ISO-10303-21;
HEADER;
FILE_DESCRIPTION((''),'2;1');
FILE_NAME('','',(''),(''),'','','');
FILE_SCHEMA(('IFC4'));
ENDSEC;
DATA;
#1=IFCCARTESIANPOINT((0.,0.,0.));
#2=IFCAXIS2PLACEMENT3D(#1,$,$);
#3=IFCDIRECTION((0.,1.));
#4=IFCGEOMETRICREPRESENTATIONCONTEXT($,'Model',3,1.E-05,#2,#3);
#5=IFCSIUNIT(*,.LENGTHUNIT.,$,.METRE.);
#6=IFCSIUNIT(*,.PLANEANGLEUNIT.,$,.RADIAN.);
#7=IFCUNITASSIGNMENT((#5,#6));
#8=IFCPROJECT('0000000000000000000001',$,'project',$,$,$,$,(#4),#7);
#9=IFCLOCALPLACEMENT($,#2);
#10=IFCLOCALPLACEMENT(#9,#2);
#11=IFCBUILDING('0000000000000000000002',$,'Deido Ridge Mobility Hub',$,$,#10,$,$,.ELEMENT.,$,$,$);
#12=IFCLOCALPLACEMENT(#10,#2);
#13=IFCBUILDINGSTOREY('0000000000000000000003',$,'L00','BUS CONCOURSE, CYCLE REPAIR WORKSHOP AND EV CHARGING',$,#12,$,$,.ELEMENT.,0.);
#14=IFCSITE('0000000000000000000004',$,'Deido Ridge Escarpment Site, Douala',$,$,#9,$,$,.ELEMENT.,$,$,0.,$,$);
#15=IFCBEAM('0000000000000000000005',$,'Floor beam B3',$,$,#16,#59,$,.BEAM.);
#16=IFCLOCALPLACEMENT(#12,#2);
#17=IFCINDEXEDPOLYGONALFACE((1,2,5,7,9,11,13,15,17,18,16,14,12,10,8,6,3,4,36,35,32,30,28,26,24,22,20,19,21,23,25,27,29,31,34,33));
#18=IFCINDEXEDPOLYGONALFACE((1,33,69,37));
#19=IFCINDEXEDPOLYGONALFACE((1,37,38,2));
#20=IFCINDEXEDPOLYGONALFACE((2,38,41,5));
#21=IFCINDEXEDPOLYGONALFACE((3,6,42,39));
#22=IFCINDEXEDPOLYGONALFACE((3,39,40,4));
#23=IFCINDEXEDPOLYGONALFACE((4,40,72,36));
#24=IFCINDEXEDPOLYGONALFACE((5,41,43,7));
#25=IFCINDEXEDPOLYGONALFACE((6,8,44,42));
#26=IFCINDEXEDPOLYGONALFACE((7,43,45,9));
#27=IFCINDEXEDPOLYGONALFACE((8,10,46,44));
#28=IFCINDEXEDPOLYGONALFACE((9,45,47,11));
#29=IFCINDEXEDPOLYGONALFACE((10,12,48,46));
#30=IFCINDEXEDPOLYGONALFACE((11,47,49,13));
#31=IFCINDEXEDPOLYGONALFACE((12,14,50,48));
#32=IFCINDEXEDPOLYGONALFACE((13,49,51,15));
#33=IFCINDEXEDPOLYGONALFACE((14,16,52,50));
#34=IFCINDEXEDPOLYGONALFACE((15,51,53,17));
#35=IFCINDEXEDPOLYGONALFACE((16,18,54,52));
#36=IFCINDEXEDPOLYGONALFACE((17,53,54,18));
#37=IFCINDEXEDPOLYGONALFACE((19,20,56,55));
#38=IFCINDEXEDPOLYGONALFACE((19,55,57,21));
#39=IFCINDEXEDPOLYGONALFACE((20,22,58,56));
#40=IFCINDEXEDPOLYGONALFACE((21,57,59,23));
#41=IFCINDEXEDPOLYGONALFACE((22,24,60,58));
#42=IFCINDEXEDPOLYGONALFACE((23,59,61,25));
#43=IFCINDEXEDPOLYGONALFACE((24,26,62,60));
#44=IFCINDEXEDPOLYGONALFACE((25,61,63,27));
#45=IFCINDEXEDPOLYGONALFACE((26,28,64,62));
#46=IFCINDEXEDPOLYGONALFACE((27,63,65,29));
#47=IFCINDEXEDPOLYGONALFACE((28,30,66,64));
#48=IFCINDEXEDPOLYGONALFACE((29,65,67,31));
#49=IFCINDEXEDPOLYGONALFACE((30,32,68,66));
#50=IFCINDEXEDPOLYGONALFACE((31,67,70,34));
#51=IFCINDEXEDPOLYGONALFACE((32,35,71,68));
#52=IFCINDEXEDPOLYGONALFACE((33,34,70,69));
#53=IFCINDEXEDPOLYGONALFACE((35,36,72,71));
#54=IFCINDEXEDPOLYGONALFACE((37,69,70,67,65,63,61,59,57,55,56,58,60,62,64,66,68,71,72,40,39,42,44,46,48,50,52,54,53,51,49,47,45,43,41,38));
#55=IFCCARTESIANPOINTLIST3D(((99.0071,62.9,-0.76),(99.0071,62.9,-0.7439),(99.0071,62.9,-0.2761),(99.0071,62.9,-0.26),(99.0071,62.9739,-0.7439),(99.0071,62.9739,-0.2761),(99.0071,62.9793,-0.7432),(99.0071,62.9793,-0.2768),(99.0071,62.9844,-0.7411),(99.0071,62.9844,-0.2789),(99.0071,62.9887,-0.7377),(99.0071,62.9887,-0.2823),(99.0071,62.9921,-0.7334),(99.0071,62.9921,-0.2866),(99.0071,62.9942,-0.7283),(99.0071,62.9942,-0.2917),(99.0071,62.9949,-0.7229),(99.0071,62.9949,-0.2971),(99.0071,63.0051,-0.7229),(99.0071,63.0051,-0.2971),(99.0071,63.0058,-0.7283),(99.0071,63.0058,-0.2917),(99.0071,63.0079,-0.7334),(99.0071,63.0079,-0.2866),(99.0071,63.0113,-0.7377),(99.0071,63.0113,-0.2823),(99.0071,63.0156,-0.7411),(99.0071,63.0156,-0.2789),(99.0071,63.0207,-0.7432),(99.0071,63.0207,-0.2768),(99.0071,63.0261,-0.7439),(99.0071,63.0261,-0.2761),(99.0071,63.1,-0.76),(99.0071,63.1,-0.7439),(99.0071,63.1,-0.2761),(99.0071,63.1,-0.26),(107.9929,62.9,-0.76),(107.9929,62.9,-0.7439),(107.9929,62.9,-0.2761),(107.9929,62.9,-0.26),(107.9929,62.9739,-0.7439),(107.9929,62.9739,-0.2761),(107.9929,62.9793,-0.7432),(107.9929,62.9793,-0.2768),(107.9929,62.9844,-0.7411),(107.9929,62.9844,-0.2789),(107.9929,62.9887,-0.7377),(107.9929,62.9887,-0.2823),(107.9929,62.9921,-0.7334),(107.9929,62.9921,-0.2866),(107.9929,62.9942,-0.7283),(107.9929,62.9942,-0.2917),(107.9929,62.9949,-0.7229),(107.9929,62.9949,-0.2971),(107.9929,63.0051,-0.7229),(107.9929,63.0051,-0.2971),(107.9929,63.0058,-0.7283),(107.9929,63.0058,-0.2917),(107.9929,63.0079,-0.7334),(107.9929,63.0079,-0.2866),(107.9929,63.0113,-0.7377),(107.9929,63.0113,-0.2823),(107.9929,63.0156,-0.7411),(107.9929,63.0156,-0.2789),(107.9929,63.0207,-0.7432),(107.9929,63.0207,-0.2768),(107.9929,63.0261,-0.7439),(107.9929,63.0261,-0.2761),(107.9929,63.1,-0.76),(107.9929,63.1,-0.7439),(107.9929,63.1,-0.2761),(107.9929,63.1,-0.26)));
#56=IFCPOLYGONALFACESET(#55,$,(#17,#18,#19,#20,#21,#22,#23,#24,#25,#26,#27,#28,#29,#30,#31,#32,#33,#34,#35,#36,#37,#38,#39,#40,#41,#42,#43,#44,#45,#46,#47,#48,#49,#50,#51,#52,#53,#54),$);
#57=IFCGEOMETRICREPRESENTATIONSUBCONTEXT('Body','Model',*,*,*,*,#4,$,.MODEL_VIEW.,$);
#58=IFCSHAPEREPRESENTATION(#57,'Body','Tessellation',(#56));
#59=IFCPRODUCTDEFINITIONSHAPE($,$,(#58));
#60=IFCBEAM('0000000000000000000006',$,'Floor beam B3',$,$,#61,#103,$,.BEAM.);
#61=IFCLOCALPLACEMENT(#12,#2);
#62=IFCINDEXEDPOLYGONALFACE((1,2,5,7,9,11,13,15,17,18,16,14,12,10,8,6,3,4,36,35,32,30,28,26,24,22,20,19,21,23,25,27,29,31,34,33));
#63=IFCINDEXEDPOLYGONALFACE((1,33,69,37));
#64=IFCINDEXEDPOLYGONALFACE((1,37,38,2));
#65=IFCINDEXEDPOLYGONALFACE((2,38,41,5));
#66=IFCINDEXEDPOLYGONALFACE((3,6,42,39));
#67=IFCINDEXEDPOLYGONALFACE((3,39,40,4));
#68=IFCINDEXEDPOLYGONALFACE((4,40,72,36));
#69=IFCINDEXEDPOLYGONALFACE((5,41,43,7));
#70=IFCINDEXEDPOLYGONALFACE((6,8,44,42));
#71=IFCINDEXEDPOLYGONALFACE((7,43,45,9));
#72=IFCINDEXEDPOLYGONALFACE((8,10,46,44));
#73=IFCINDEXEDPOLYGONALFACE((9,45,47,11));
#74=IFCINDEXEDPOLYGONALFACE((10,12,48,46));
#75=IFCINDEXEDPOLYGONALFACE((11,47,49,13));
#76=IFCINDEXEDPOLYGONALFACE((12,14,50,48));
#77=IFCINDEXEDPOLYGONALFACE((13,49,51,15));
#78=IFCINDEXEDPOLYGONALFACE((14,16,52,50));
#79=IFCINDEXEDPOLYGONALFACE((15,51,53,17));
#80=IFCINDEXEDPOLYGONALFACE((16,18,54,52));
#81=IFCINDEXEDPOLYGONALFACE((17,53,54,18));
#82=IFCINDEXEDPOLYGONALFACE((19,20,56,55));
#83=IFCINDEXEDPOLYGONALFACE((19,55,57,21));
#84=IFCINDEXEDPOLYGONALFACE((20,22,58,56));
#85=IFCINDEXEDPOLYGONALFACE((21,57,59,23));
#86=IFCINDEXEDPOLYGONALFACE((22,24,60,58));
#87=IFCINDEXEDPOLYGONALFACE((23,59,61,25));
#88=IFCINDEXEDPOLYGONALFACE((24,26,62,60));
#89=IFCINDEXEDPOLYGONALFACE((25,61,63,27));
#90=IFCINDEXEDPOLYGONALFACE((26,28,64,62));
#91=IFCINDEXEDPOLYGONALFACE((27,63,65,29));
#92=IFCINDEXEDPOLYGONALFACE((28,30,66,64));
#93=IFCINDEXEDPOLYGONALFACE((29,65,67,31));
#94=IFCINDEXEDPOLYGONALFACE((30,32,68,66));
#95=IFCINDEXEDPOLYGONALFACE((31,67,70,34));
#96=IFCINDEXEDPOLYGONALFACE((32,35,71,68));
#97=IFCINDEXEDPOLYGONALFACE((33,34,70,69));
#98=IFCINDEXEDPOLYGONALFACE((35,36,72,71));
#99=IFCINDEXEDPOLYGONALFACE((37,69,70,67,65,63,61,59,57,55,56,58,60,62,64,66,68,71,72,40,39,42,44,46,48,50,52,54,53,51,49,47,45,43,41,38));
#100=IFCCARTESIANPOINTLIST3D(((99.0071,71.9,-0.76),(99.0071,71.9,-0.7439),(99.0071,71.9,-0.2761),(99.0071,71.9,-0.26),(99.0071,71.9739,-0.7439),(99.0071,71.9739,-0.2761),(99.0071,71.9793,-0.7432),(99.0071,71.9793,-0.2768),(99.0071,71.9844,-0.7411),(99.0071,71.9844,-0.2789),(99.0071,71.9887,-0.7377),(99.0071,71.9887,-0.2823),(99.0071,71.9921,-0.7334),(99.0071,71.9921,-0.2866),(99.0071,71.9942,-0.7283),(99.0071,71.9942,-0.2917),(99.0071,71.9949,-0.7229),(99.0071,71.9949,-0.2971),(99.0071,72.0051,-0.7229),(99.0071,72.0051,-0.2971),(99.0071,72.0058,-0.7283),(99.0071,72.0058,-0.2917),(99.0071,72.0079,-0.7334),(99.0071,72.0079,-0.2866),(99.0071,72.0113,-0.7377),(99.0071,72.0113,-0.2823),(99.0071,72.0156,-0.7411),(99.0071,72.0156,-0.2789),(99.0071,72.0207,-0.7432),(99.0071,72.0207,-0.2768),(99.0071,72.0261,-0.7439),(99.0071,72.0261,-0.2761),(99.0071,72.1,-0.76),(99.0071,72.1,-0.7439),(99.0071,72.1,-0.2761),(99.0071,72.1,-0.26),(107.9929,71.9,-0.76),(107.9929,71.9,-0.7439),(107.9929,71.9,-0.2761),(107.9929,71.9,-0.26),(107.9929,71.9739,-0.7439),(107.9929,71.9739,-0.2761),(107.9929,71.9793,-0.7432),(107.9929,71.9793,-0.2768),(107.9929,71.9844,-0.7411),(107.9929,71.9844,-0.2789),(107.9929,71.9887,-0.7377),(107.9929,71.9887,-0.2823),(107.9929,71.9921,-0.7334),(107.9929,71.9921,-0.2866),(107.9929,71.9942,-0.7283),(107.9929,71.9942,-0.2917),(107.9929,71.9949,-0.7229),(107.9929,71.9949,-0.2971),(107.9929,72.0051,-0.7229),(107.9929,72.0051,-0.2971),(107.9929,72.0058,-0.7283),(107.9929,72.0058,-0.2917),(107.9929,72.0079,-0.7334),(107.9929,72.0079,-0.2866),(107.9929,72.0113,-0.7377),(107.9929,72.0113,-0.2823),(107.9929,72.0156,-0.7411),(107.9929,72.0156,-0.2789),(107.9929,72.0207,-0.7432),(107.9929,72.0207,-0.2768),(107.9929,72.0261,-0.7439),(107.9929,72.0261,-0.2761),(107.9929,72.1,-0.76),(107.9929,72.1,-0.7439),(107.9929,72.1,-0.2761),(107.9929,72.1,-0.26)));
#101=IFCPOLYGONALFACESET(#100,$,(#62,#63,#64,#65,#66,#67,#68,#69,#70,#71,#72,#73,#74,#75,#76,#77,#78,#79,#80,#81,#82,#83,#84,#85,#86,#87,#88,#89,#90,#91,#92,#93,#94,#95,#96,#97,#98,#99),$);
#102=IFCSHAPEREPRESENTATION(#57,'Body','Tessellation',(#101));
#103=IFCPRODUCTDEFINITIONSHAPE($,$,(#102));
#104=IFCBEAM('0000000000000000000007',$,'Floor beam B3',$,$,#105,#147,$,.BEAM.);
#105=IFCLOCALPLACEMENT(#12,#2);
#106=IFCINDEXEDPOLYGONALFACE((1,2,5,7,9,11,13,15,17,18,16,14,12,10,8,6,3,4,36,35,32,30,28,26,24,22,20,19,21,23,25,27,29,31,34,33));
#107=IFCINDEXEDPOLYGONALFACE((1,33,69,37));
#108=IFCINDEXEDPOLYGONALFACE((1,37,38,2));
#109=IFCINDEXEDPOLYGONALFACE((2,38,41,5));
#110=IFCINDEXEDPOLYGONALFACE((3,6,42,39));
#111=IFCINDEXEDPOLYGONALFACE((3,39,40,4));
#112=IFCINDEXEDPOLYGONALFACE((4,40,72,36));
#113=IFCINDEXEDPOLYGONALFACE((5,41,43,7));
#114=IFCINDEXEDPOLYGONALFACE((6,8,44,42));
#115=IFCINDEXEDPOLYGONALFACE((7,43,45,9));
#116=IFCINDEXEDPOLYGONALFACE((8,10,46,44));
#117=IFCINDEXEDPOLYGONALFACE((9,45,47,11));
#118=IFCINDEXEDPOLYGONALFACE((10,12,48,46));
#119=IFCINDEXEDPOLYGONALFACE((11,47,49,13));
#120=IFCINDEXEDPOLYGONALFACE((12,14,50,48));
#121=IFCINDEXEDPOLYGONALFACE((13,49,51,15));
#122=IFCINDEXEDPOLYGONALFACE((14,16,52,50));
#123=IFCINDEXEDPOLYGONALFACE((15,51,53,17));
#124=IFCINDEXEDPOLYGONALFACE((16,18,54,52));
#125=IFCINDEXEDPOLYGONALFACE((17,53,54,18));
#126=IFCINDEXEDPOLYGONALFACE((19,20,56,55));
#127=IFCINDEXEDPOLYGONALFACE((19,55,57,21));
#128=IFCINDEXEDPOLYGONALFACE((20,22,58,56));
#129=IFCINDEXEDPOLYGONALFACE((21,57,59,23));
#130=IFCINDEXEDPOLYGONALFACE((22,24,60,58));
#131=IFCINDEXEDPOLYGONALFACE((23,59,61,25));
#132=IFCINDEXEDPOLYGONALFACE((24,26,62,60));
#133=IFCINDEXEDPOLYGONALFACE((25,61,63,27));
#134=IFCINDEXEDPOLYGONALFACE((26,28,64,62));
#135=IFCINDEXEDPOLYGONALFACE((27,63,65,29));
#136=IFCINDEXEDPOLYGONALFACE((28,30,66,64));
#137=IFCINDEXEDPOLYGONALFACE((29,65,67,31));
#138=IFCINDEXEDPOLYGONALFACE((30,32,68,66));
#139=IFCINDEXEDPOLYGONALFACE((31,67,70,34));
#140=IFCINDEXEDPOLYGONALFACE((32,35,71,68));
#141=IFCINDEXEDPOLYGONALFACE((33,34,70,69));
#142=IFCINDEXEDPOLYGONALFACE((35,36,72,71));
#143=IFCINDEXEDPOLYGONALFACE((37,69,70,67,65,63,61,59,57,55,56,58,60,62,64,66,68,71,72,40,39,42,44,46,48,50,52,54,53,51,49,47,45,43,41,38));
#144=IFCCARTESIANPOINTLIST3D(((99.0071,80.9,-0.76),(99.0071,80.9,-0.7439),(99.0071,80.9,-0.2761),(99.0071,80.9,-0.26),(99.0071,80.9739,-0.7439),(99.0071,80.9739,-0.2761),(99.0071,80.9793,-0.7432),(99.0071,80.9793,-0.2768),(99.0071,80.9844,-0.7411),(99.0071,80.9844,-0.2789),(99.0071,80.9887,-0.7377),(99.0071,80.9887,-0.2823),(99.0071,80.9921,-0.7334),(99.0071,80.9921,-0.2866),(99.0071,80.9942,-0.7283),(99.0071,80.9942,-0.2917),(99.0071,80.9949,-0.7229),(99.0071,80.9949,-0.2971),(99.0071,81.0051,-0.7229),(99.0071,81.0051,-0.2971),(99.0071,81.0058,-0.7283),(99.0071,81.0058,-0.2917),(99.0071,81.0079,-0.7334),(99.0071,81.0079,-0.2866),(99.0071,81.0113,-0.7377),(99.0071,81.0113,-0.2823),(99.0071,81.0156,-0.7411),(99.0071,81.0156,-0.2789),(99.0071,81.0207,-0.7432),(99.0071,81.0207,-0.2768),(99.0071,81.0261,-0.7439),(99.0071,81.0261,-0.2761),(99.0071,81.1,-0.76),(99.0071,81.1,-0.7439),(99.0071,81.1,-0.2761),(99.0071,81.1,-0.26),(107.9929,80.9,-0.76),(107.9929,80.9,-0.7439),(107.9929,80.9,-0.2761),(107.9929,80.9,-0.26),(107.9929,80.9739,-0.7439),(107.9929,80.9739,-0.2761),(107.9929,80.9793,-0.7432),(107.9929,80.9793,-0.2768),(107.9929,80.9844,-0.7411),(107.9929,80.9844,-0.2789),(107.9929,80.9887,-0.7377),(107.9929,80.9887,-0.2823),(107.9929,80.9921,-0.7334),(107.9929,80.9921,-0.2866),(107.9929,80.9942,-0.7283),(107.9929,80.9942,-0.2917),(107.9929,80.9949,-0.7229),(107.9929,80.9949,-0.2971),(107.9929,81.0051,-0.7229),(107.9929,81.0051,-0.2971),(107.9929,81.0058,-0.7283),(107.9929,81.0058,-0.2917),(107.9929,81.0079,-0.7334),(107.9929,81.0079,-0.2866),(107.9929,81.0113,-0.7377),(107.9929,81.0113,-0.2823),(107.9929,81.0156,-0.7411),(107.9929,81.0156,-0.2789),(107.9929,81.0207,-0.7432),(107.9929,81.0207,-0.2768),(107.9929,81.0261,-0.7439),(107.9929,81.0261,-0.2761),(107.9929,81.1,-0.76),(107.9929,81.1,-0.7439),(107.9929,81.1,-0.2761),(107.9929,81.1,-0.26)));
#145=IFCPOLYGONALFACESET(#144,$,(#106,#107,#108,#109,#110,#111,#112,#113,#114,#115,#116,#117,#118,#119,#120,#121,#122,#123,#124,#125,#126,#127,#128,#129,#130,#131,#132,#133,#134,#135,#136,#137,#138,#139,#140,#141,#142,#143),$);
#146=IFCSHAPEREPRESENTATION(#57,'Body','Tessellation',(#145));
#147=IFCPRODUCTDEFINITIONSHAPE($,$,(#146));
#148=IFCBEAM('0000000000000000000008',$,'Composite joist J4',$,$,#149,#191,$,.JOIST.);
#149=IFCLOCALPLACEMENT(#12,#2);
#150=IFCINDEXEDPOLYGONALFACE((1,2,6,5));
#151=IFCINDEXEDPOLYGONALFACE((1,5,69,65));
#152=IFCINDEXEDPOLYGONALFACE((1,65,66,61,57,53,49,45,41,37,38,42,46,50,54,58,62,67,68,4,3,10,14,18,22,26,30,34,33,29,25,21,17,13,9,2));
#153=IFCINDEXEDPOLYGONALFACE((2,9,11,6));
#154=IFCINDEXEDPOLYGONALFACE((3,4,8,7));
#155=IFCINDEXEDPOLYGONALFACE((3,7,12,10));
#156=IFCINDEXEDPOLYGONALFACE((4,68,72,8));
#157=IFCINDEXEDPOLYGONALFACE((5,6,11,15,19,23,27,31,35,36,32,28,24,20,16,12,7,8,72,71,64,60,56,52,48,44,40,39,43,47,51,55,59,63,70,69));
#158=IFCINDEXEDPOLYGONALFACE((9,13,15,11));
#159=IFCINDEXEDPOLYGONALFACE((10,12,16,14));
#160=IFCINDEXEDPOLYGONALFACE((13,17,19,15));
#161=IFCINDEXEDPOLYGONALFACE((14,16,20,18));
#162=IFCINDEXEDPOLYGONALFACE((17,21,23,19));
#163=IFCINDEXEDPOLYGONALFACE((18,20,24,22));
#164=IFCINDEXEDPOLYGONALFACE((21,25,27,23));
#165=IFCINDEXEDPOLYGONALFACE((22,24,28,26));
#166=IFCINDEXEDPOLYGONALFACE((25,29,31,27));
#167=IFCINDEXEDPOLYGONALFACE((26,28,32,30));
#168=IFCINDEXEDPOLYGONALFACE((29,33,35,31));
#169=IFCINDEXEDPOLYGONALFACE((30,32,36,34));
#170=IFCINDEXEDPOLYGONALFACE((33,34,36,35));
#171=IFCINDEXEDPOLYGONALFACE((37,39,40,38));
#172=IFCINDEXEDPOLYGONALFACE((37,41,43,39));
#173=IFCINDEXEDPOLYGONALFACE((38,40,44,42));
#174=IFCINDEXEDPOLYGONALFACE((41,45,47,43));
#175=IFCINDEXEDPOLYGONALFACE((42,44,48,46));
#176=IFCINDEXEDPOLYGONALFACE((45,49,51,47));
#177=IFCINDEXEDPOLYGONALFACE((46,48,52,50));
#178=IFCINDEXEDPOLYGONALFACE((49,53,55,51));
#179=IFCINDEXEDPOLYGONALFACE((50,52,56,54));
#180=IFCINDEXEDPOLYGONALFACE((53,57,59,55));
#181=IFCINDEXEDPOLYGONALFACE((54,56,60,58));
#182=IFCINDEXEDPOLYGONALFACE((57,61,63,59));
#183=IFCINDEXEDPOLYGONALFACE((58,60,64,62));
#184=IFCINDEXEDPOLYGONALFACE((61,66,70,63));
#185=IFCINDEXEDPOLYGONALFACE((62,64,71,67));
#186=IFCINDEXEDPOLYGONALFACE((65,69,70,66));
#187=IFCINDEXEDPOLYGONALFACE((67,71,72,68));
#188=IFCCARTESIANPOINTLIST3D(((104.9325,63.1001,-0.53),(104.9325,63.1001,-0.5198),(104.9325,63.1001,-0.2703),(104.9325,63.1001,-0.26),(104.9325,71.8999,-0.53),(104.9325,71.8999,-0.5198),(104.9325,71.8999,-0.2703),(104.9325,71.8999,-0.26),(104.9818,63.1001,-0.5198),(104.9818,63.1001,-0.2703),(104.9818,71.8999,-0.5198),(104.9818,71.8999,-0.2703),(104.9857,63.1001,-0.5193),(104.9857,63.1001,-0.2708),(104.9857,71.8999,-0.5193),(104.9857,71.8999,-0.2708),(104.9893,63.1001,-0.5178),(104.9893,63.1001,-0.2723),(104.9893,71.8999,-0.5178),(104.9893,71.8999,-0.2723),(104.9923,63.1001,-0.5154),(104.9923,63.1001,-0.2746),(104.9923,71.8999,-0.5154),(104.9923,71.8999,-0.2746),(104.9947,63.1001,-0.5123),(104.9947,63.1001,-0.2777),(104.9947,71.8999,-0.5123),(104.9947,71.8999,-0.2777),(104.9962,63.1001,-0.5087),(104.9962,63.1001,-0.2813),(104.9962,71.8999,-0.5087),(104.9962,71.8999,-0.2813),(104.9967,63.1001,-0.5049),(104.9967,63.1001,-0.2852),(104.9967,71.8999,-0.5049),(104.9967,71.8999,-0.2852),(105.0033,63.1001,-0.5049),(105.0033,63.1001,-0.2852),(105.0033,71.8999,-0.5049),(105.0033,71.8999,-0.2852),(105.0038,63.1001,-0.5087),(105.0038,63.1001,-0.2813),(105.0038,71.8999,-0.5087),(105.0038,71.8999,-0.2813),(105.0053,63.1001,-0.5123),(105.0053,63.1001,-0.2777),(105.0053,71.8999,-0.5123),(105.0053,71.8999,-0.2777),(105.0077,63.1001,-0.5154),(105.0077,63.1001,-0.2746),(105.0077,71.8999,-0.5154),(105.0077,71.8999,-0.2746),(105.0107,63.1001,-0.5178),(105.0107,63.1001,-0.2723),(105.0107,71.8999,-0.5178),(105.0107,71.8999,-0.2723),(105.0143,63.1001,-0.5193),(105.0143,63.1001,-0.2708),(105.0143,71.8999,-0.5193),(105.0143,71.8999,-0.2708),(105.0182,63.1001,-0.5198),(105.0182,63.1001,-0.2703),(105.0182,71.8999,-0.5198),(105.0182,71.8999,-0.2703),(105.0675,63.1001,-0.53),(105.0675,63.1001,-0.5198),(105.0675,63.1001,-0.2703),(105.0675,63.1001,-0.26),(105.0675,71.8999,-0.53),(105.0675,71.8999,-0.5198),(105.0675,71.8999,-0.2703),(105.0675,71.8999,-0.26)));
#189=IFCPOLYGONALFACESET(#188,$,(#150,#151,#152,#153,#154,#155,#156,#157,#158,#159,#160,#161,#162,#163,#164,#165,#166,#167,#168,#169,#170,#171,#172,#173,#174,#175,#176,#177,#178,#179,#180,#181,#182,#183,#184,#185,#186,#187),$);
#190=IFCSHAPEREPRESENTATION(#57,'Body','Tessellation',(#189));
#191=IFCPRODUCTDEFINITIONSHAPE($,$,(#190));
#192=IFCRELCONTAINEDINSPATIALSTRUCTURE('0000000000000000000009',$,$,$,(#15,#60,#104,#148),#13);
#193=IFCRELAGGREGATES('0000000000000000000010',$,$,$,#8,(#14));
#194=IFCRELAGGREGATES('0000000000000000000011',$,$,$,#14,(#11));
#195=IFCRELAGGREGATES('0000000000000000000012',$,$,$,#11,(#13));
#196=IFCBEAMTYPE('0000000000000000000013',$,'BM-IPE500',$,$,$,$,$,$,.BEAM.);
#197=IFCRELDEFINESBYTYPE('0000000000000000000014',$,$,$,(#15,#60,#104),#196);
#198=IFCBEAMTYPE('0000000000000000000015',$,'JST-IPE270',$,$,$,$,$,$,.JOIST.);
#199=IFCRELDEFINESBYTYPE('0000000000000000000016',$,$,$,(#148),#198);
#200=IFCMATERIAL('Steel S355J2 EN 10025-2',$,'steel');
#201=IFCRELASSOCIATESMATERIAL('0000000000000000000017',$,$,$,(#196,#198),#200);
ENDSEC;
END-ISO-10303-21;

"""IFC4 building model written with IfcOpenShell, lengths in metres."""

from ifc_helpers import new_model, si_unit, direction, frame, origin, origin_2d, place, context, subcontext, project, spatial, i_section, extrude, material, material_profile, profile_set, type_object, element, save


model = new_model("IFC4")

# Units and contexts
model_context = context("Model", 3, precision=1e-05, world=origin(), true_north=direction((0.0, 1.0)))
body_context = subcontext(model_context, "Body", "Model", "MODEL_VIEW")
ifc_project = project(units=[si_unit("LENGTHUNIT", "METRE"), si_unit("PLANEANGLEUNIT", "RADIAN")], contexts=[model_context])

# Site, building, storey
site_placement = place(None, origin())
site = spatial("IfcSite", under=ifc_project, at=site_placement, Name="Deido Ridge Escarpment Site, Douala", CompositionType="ELEMENT", RefElevation=0.0)
building_placement = place(site_placement, origin())
building = spatial("IfcBuilding", under=site, at=building_placement, Name="Deido Ridge Mobility Hub", CompositionType="ELEMENT")
storey_placement = place(building_placement, origin())
storey = spatial("IfcBuildingStorey", under=building, at=storey_placement, Name="L00", Description="BUS CONCOURSE, CYCLE REPAIR WORKSHOP AND EV CHARGING", CompositionType="ELEMENT", Elevation=0.0)

# Shared definitions
ifc_material_1 = material(Name="Steel S355J2 EN 10025-2", Category="steel")

# Beams
ifc_material_profile_1 = material_profile(ifc_material_1, i_section(OverallWidth=0.2, OverallDepth=0.5, WebThickness=0.0103, FlangeThickness=0.0161, FilletRadius=0.021, at=origin_2d()), Name="IPE 500")
ifc_profile_set_1 = profile_set([ifc_material_profile_1], Name="Steel S355J2 EN 10025-2")
beam_type_1 = type_object("IfcBeamType", Name="BM-IPE500", PredefinedType="BEAM", material=ifc_profile_set_1)
for number, where, z_axis, x_axis, name in (
    (1, (99.0071, 63.0, -0.51), (1.0, 0.0, 0.0), (0.0, 1.0, 0.0), "Floor beam B3"),
    (2, (99.0071, 72.0, -0.51), (1.0, 0.0, 0.0), (0.0, 1.0, 0.0), "Floor beam B3"),
    (3, (99.0071, 81.0, -0.51), (1.0, 0.0, 0.0), (0.0, 1.0, 0.0), "Floor beam B3"),
):
    element("IfcBeam", number, at=place(storey_placement, frame(where, z_axis=z_axis, x_axis=x_axis)), inside=storey, type_object=beam_type_1, Name=name, PredefinedType="BEAM", context=body_context, shape_type="SweptSolid", body=[
        extrude(i_section(OverallWidth=0.2, OverallDepth=0.5, WebThickness=0.0103, FlangeThickness=0.0161, FilletRadius=0.021, at=origin_2d()), origin(), (0.0, 0.0, 1.0), 8.9858),
    ])
ifc_material_profile_2 = material_profile(ifc_material_1, i_section(OverallWidth=0.135, OverallDepth=0.27, WebThickness=0.0066, FlangeThickness=0.0103, FilletRadius=0.0149, at=origin_2d()), Name="IPE 270")
ifc_profile_set_2 = profile_set([ifc_material_profile_2], Name="Steel S355J2 EN 10025-2")
beam_type_2 = type_object("IfcBeamType", Name="JST-IPE270", PredefinedType="JOIST", material=ifc_profile_set_2)
beam_1_placement = place(storey_placement, frame((105.0, 63.1001, -0.395), z_axis=(0.0, 1.0, 0.0), x_axis=(-1.0, 0.0, 0.0)))
element("IfcBeam", 4, at=beam_1_placement, inside=storey, type_object=beam_type_2, Name="Composite joist J4", PredefinedType="JOIST", context=body_context, shape_type="SweptSolid", body=[
    extrude(i_section(OverallWidth=0.135, OverallDepth=0.27, WebThickness=0.0066, FlangeThickness=0.0103, FilletRadius=0.0149, at=origin_2d()), origin(), (0.0, 0.0, 1.0), 8.7998),
])

save(model, "model.ifc")
